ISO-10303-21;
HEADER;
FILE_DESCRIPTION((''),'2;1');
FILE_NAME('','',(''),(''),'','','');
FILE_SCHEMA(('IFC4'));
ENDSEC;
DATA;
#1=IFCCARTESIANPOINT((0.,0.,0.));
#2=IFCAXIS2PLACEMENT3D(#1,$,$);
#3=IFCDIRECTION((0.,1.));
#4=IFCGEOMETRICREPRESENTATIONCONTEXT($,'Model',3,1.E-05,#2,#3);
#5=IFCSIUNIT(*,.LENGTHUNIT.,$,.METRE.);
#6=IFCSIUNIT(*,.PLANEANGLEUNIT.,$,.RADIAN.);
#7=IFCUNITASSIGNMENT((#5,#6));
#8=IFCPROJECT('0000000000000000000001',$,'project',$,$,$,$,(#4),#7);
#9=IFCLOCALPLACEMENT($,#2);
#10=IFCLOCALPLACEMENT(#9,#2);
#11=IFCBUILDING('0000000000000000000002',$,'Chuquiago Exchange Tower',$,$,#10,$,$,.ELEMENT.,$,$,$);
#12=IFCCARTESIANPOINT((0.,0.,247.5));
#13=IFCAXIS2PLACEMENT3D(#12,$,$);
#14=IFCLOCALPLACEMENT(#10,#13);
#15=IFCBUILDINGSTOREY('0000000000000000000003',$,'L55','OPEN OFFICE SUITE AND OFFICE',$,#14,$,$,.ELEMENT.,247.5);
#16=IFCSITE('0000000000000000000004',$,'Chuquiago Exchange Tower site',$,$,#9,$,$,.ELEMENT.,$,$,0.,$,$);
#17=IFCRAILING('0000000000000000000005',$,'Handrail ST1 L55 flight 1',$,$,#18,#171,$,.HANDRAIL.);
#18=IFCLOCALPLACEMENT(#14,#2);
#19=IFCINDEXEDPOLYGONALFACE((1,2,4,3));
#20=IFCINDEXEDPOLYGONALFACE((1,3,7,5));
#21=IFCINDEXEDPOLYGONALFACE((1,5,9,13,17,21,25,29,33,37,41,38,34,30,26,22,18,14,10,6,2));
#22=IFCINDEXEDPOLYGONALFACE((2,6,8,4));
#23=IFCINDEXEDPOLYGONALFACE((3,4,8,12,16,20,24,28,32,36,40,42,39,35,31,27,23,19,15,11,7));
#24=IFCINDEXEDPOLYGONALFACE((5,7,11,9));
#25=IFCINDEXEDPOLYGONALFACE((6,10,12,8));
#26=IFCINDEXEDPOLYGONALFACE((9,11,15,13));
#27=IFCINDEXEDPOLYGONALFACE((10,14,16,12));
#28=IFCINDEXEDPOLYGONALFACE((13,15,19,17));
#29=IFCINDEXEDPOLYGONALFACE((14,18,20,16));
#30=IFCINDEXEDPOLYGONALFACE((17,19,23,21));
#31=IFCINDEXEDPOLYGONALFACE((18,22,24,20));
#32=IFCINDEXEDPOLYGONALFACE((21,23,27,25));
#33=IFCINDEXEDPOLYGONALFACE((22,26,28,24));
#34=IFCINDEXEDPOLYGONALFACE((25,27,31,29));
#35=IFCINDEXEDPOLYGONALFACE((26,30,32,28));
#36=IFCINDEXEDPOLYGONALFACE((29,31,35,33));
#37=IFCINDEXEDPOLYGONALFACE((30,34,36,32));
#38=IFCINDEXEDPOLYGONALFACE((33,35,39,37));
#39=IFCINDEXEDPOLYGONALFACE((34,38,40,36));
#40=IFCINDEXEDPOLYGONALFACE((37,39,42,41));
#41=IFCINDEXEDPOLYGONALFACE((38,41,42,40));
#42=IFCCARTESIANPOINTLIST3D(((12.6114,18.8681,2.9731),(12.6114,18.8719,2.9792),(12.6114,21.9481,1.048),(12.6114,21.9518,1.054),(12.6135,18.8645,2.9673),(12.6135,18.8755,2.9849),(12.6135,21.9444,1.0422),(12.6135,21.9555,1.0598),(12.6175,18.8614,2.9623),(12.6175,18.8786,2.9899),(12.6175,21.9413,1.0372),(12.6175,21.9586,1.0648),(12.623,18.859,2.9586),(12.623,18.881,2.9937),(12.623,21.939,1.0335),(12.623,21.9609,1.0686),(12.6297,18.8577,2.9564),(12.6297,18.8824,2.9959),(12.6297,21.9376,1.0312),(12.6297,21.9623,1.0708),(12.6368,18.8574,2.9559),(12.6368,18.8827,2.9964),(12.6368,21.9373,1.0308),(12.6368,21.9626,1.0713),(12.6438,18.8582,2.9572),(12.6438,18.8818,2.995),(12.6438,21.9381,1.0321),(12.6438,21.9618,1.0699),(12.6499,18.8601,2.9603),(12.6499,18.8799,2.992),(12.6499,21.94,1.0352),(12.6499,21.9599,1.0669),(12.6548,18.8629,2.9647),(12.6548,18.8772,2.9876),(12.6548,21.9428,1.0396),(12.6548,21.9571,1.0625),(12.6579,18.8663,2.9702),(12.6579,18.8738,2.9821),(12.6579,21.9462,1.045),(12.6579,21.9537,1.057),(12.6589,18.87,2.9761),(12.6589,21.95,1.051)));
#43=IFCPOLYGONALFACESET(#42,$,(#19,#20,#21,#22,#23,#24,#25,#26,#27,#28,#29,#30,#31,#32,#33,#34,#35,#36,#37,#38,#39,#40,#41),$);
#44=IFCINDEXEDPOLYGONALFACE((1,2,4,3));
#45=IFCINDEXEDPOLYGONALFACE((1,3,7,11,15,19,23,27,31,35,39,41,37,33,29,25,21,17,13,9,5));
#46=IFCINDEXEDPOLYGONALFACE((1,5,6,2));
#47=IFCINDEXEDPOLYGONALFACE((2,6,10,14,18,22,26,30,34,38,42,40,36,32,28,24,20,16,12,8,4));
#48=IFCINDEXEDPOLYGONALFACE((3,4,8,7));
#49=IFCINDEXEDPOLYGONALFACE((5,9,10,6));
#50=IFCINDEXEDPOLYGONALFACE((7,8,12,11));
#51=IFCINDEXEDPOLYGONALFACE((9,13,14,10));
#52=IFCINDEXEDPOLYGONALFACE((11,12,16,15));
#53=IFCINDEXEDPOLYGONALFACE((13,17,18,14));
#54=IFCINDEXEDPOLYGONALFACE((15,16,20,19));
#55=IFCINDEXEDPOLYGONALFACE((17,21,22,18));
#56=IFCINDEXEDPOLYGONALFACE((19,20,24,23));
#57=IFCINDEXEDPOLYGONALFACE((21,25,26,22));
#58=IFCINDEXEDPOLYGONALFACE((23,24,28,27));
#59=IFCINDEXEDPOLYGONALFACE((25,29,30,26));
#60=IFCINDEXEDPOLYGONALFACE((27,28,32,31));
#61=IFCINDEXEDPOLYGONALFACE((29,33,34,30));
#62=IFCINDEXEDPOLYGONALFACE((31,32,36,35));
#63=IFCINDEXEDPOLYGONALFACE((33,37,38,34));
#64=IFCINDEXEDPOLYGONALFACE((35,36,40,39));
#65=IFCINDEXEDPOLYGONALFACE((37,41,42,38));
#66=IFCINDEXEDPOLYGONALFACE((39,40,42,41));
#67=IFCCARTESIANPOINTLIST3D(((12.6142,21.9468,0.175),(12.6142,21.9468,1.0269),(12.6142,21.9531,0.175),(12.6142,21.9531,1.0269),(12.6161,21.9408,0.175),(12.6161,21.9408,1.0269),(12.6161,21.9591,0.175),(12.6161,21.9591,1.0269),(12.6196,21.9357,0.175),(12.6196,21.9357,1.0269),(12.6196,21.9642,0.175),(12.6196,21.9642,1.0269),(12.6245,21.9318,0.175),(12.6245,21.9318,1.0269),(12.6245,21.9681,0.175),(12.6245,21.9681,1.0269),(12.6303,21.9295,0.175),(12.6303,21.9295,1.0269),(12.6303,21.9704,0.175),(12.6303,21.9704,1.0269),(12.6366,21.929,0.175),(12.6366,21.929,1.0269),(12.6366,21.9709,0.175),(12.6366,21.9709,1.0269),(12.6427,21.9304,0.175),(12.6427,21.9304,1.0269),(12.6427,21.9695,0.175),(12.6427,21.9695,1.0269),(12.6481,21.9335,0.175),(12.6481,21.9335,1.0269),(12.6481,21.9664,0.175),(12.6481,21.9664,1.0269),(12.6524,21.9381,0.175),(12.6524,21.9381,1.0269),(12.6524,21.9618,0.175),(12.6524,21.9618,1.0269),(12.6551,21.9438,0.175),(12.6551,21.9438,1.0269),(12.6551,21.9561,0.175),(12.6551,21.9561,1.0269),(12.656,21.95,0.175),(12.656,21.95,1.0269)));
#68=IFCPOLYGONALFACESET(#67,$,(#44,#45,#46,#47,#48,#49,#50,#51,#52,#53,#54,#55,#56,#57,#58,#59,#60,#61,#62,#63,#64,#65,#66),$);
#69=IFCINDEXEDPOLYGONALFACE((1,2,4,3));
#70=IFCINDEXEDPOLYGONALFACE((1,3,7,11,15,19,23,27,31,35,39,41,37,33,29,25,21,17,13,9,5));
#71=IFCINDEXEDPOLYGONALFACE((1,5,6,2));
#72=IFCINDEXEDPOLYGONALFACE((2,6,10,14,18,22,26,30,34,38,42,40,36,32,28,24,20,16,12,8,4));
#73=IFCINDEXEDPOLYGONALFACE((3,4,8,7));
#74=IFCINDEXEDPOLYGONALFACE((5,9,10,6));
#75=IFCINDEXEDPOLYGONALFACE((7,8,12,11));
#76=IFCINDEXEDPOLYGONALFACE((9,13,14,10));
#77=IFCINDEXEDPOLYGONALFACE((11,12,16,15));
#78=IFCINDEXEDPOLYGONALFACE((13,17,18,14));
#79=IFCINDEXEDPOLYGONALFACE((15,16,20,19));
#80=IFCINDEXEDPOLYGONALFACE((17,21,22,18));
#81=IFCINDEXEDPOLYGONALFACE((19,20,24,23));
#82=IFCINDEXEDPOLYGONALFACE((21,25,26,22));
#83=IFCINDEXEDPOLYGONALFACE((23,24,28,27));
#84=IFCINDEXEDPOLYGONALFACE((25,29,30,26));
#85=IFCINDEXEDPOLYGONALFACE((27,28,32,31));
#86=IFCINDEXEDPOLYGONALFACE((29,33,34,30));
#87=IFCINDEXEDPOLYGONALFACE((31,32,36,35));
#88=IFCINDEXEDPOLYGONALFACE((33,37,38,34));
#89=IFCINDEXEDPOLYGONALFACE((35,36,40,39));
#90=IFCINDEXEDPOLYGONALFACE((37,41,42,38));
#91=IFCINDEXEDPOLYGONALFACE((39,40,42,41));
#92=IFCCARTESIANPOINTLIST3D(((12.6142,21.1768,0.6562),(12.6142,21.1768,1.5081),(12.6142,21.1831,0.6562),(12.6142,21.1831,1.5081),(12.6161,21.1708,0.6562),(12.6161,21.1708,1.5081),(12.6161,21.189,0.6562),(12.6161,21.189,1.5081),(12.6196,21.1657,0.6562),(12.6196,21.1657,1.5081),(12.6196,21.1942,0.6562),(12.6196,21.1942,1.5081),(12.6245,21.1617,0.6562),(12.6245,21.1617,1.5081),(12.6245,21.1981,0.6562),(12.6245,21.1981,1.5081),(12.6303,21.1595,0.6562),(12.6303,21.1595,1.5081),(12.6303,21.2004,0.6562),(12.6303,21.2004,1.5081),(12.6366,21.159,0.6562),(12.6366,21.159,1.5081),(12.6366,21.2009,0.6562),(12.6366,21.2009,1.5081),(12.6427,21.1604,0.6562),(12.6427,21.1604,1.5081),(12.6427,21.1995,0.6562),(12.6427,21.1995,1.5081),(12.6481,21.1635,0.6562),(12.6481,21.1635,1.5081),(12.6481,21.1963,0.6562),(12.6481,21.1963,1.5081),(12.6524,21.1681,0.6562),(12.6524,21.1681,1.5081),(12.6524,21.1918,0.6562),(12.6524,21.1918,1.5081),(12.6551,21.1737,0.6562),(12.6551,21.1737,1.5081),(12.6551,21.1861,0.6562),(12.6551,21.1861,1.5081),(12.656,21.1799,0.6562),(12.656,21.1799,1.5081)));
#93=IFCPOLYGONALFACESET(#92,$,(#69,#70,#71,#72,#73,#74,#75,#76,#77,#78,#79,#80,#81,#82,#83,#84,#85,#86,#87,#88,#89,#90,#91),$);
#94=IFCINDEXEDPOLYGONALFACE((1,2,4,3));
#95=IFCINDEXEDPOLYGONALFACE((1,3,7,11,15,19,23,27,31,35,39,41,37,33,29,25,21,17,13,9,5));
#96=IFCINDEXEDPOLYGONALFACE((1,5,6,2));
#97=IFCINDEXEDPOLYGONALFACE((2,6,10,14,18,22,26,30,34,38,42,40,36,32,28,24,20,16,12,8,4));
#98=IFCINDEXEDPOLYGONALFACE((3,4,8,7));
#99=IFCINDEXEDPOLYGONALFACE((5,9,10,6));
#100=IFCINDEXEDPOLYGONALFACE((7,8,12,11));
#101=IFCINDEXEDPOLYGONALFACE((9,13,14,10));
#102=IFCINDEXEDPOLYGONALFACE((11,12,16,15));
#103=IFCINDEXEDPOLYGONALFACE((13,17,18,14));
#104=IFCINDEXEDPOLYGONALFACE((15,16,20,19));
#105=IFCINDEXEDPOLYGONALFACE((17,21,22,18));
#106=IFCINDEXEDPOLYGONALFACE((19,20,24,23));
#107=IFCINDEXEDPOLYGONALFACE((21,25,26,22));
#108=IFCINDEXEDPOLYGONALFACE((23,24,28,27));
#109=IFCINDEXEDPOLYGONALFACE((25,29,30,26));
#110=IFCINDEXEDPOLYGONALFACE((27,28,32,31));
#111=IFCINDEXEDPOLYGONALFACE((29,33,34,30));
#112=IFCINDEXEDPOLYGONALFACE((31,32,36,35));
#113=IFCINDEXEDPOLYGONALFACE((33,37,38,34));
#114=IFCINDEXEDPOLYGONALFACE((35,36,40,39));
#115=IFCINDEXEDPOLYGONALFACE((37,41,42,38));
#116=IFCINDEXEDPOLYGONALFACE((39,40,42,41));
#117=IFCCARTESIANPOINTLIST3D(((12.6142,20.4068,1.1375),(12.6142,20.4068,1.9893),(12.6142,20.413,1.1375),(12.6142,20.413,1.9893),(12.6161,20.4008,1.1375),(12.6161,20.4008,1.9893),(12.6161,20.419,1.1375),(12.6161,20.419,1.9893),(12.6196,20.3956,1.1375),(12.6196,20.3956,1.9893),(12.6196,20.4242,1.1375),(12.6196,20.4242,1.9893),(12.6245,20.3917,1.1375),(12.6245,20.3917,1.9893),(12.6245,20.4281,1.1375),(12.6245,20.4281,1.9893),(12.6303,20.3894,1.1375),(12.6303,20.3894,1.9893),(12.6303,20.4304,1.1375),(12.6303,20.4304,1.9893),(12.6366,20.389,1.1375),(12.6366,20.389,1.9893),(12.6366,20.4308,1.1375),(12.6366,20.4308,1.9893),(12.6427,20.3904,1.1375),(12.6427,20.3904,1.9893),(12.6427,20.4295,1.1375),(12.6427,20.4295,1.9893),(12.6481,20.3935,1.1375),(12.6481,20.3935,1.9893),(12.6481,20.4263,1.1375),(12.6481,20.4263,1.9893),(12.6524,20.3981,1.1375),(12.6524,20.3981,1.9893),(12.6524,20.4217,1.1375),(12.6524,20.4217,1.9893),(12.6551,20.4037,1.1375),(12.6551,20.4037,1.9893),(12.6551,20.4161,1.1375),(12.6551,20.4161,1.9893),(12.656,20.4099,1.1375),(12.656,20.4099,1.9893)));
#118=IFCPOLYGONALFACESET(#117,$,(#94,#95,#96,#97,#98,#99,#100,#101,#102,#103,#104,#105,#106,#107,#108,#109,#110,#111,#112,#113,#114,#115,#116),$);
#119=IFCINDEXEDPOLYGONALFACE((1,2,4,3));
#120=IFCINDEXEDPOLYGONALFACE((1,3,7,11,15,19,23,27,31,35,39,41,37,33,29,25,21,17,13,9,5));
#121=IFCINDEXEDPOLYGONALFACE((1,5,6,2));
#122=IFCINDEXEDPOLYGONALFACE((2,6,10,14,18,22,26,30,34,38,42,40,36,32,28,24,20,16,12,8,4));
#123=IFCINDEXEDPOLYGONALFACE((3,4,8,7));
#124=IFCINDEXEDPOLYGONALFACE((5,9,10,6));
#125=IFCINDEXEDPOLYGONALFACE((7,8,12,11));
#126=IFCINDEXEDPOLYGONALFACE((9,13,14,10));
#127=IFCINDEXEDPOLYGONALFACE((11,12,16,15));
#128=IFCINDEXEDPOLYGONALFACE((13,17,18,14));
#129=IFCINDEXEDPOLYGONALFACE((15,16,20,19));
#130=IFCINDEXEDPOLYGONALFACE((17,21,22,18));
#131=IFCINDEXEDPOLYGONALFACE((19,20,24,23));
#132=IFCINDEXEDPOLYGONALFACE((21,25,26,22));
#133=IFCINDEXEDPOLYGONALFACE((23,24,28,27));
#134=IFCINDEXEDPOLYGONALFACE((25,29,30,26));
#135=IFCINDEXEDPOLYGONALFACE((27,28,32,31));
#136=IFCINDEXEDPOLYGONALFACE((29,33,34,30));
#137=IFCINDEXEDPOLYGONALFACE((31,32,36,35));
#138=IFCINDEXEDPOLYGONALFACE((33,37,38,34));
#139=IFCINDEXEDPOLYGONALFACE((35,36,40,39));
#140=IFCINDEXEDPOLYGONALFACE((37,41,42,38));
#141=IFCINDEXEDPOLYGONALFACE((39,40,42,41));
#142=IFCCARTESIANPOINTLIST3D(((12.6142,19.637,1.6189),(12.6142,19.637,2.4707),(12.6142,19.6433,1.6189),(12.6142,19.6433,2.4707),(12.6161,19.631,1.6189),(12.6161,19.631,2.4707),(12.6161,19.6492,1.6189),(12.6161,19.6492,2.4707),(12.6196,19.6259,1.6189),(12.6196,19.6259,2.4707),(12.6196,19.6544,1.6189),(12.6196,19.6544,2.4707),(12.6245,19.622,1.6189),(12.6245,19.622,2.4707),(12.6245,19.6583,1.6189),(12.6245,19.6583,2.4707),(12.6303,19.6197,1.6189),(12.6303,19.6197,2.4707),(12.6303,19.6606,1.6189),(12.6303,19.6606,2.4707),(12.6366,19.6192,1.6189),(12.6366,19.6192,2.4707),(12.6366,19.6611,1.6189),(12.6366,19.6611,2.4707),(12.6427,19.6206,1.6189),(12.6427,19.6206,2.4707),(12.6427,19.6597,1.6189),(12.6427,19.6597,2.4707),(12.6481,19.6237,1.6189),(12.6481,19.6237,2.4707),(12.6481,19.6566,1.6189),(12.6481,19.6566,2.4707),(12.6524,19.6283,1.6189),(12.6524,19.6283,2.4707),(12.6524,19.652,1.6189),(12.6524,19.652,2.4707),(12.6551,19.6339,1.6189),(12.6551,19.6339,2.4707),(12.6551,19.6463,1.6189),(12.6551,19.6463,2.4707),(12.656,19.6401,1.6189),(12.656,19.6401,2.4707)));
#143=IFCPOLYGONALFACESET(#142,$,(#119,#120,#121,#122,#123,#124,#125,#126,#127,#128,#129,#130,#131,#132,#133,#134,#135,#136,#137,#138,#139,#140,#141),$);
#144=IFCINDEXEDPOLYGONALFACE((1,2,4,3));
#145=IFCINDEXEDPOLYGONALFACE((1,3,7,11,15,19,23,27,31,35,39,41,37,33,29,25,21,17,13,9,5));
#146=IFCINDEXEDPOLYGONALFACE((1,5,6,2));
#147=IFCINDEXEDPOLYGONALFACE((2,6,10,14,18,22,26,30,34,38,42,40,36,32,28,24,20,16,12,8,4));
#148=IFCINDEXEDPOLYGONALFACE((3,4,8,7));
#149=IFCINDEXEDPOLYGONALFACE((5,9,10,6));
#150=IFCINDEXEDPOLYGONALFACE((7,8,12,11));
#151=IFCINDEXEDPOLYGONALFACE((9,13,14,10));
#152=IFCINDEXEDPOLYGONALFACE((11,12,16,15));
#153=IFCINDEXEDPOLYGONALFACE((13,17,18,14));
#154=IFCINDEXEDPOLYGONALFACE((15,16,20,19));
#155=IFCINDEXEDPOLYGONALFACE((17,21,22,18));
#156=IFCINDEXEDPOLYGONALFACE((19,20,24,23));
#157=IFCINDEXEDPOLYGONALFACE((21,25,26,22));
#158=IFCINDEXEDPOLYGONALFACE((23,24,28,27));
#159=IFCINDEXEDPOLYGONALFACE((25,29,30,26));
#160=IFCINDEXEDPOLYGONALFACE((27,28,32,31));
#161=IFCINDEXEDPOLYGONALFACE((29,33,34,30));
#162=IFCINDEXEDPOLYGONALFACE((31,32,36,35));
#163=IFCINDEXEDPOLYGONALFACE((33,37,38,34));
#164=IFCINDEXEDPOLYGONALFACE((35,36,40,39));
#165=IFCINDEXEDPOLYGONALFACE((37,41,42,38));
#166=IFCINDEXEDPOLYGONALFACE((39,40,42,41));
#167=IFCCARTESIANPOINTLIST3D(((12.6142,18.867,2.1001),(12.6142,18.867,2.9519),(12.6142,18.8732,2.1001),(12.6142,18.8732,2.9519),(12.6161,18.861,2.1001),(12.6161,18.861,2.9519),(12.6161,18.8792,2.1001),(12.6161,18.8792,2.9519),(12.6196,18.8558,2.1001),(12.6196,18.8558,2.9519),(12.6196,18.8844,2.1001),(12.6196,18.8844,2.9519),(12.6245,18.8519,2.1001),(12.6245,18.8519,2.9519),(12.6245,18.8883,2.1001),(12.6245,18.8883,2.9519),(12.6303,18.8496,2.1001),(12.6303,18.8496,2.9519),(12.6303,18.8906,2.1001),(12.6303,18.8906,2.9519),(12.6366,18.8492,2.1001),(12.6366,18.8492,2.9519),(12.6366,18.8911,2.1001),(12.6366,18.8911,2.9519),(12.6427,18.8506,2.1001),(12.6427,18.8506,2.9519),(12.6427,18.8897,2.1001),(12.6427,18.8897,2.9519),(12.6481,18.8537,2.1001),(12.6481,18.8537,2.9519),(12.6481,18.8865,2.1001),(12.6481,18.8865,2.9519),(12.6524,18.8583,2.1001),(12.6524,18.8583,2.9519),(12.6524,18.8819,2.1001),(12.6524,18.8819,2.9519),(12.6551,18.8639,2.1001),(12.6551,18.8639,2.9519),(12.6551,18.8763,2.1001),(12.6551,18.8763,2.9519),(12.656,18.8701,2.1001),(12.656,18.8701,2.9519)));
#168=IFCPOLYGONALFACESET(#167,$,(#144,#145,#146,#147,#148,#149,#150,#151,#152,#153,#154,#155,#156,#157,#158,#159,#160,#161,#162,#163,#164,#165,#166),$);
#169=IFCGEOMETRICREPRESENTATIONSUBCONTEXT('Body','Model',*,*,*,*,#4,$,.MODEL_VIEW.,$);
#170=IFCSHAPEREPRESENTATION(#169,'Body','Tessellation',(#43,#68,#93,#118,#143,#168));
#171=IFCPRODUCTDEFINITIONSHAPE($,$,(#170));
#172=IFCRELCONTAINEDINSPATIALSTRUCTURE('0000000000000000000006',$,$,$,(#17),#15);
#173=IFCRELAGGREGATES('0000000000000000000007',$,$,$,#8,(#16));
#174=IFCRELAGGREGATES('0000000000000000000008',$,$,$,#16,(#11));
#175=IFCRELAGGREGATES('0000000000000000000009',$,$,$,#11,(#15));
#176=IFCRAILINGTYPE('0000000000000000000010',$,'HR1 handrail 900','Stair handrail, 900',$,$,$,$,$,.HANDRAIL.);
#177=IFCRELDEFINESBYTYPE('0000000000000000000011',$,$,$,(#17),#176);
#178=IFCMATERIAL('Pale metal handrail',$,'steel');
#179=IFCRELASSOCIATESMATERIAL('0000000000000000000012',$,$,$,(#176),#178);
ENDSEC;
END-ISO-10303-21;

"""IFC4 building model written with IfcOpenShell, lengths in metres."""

from ifc_helpers import new_model, si_unit, direction, frame, origin, origin_2d, place, context, subcontext, project, spatial, circle, extrude, material, type_object, element, save


model = new_model("IFC4")

# Units and contexts
model_context = context("Model", 3, precision=1e-05, world=origin(), true_north=direction((0.0, 1.0)))
body_context = subcontext(model_context, "Body", "Model", "MODEL_VIEW")
ifc_project = project(units=[si_unit("LENGTHUNIT", "METRE"), si_unit("PLANEANGLEUNIT", "RADIAN")], contexts=[model_context])

# Site, building, storey
site_placement = place(None, origin())
site = spatial("IfcSite", under=ifc_project, at=site_placement, Name="Chuquiago Exchange Tower site", CompositionType="ELEMENT", RefElevation=0.0)
building_placement = place(site_placement, origin())
building = spatial("IfcBuilding", under=site, at=building_placement, Name="Chuquiago Exchange Tower", CompositionType="ELEMENT")
storey_placement = place(building_placement, frame((0.0, 0.0, 247.5)))
storey = spatial("IfcBuildingStorey", under=building, at=storey_placement, Name="L55", Description="OPEN OFFICE SUITE AND OFFICE", CompositionType="ELEMENT", Elevation=247.5)

# Railing
ifc_material_1 = material(Name="Pale metal handrail", Category="steel")
railing_type_1 = type_object("IfcRailingType", Name="HR1 handrail 900", Description="Stair handrail, 900", PredefinedType="HANDRAIL", material=ifc_material_1)
for number, where, name in (
    (1, (12.635, 21.95, 0.175), "Handrail ST1 L55 flight 1"),
):
    element("IfcRailing", number, at=place(storey_placement, frame(where)), inside=storey, type_object=railing_type_1, Name=name, PredefinedType="HANDRAIL", context=body_context, shape_type="SweptSolid", body=[
        extrude(circle(Radius=0.0239, at=origin_2d()), frame((0.0, 0.0, 0.876), z_axis=(0.0, -0.847979, 0.530029), x_axis=(1.0, 0.0, 0.0)), (0.0, 0.0, 1.0), 3.6321),
        extrude(circle(Radius=0.021, at=origin_2d()), origin(), (0.0, 0.0, 1.0), 0.8518),
        extrude(circle(Radius=0.021, at=origin_2d()), frame((0.0, -0.77, 0.4812)), (0.0, 0.0, 1.0), 0.8518),
        extrude(circle(Radius=0.021, at=origin_2d()), frame((0.0, -1.54, 0.9624)), (0.0, 0.0, 1.0), 0.8518),
        extrude(circle(Radius=0.021, at=origin_2d()), frame((0.0, -2.3098, 1.4438)), (0.0, 0.0, 1.0), 0.8518),
        extrude(circle(Radius=0.021, at=origin_2d()), frame((0.0, -3.0798, 1.925)), (0.0, 0.0, 1.0), 0.8518),
    ])

save(model, "model.ifc")
